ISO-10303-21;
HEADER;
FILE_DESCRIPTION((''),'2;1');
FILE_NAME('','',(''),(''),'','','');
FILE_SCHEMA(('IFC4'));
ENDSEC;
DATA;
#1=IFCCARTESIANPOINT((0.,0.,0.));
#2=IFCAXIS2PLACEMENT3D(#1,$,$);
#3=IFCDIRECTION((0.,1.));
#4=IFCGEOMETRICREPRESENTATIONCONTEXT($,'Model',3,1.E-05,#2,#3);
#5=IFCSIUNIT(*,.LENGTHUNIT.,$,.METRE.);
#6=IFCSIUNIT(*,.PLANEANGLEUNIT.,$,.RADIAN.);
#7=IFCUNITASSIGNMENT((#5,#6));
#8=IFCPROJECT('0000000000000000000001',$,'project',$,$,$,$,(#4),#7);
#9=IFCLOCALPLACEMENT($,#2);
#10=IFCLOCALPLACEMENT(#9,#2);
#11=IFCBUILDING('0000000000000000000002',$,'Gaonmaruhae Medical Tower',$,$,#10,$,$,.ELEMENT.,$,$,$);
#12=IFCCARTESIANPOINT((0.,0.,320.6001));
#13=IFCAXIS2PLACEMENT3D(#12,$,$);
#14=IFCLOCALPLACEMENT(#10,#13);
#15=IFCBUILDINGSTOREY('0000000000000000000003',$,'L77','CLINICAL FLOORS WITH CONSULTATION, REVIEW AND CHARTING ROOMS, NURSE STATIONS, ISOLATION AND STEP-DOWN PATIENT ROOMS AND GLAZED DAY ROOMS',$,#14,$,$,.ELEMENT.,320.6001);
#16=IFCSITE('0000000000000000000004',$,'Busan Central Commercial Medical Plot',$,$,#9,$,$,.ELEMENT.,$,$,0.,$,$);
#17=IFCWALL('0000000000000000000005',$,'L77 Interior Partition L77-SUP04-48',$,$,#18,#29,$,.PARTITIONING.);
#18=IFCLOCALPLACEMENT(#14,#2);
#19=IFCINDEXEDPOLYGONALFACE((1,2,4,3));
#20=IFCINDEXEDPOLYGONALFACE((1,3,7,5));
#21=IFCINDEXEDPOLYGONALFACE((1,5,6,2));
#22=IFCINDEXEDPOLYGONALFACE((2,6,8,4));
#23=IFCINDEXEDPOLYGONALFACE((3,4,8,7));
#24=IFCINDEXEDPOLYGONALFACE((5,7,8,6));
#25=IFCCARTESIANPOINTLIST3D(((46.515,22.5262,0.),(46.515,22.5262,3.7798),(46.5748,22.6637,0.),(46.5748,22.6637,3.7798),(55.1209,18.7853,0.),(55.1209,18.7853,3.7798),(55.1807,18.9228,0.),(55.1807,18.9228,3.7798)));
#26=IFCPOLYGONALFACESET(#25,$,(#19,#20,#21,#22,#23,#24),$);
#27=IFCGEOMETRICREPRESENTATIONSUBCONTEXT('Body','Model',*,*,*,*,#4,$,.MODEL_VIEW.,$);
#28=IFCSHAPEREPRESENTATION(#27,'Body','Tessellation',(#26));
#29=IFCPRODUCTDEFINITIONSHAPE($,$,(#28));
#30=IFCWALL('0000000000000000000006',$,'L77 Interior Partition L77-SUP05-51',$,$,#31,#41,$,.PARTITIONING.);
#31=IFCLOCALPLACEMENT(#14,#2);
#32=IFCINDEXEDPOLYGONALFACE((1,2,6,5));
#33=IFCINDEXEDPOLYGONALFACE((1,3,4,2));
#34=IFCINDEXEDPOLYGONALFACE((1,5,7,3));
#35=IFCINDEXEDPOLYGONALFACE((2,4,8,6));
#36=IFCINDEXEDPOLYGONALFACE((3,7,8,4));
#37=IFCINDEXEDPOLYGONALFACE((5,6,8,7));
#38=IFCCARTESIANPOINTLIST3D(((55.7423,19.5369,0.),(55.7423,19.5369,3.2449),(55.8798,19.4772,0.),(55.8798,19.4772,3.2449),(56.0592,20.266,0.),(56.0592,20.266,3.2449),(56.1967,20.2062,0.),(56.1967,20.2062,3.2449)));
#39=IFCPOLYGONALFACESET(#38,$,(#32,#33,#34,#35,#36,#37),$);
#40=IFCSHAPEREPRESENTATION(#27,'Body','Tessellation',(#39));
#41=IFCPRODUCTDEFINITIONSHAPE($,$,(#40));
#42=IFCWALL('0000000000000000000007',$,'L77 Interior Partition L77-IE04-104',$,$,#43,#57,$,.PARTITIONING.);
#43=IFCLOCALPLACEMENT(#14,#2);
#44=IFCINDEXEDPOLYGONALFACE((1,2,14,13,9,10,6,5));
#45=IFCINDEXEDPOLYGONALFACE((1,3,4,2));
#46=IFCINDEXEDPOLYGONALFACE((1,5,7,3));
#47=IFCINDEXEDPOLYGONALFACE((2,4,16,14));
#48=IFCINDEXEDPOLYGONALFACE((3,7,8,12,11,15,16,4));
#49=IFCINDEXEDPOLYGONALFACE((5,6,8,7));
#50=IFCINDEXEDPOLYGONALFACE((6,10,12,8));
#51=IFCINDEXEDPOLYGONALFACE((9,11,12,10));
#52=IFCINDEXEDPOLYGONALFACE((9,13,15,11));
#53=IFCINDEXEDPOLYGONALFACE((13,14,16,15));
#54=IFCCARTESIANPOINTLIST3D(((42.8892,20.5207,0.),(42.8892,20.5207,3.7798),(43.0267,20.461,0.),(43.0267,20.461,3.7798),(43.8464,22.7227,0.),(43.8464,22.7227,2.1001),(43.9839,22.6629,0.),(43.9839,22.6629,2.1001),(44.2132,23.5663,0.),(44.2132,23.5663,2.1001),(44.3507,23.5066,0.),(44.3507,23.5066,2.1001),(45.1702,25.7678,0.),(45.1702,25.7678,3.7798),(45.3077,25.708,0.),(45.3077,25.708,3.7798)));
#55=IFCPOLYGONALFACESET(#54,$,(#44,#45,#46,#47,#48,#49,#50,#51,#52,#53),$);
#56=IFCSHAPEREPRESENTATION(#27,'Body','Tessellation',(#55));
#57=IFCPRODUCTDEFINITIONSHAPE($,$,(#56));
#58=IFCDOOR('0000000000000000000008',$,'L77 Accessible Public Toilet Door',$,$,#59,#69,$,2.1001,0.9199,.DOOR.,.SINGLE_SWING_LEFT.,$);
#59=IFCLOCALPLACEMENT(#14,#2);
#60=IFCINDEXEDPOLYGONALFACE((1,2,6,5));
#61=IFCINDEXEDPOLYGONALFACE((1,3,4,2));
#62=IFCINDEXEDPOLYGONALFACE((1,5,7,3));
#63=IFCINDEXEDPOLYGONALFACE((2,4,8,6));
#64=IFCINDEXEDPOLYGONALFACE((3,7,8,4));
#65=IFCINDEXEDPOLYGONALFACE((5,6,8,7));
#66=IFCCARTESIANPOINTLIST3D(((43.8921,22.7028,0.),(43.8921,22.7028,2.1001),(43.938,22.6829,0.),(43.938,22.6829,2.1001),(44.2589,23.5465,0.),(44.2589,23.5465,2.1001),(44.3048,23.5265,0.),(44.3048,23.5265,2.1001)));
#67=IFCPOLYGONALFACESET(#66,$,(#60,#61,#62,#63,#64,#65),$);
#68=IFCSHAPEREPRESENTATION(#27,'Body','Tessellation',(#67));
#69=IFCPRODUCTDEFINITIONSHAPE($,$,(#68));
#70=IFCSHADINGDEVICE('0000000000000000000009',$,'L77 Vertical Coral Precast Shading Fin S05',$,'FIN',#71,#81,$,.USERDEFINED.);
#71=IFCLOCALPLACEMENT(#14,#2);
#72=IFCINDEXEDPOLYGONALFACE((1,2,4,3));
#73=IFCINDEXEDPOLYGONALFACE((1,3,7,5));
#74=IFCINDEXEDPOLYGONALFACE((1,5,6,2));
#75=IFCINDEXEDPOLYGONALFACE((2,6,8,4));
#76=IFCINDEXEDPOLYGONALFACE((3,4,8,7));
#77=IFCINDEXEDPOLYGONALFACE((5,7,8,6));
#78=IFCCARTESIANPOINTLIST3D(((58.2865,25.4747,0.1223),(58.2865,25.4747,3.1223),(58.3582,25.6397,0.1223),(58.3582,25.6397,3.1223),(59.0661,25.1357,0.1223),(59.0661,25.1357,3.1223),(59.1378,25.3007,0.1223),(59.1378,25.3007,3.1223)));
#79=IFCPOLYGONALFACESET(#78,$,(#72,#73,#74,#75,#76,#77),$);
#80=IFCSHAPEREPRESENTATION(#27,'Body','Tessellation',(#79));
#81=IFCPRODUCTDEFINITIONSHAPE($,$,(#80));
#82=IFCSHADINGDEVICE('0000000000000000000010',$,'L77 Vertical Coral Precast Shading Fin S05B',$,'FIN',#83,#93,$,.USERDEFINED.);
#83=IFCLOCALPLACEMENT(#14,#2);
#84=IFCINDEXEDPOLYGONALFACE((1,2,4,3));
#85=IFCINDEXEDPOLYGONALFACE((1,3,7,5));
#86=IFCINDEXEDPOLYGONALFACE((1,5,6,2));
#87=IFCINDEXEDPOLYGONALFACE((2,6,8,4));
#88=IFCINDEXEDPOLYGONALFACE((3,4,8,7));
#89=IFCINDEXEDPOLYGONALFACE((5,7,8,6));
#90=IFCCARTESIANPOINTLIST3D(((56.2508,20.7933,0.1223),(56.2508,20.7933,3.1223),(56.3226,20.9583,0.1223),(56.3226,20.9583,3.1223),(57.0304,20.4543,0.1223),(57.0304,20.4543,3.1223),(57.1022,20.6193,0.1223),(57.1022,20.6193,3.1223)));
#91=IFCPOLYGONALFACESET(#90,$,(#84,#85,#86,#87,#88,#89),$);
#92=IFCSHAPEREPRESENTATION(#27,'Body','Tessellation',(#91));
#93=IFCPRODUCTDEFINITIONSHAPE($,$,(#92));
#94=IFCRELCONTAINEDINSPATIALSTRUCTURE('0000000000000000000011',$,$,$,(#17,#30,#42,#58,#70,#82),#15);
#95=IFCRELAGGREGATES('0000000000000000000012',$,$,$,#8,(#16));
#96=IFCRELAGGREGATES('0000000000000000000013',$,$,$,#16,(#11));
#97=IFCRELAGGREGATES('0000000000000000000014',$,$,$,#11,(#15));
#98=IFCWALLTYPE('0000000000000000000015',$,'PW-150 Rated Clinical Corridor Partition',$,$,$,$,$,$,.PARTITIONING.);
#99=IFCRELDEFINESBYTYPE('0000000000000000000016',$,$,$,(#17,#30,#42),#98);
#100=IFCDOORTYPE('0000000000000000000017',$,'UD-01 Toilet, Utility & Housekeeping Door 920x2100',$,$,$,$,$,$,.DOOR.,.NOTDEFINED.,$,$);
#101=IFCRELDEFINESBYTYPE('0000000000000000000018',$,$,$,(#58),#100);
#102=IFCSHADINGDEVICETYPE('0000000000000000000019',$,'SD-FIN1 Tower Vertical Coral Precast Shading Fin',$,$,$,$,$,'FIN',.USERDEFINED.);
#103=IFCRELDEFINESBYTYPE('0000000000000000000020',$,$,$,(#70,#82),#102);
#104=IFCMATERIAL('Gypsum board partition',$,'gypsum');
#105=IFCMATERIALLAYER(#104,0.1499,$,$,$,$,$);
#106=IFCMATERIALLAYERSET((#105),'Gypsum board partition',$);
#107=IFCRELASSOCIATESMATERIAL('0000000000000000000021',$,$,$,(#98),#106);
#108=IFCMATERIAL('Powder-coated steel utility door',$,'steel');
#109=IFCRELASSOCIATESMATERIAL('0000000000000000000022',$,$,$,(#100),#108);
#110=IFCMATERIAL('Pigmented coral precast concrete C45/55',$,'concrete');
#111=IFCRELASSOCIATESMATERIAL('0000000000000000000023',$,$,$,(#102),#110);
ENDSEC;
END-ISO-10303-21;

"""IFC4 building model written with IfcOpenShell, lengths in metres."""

from ifc_helpers import new_model, si_unit, direction, frame, frame_2d, origin, origin_2d, place, context, subcontext, project, spatial, rectangle, extrude, material, layer, layer_set, type_object, element, fill, save


model = new_model("IFC4")

# Units and contexts
model_context = context("Model", 3, precision=1e-05, world=origin(), true_north=direction((0.0, 1.0)))
body_context = subcontext(model_context, "Body", "Model", "MODEL_VIEW")
ifc_project = project(units=[si_unit("LENGTHUNIT", "METRE"), si_unit("PLANEANGLEUNIT", "RADIAN")], contexts=[model_context])

# Site, building, storey
site_placement = place(None, origin())
site = spatial("IfcSite", under=ifc_project, at=site_placement, Name="Busan Central Commercial Medical Plot", CompositionType="ELEMENT", RefElevation=0.0)
building_placement = place(site_placement, origin())
building = spatial("IfcBuilding", under=site, at=building_placement, Name="Gaonmaruhae Medical Tower", CompositionType="ELEMENT")
storey_placement = place(building_placement, frame((0.0, 0.0, 320.6001)))
storey = spatial("IfcBuildingStorey", under=building, at=storey_placement, Name="L77", Description="CLINICAL FLOORS WITH CONSULTATION, REVIEW AND CHARTING ROOMS, NURSE STATIONS, ISOLATION AND STEP-DOWN PATIENT ROOMS AND GLAZED DAY ROOMS", CompositionType="ELEMENT", Elevation=320.6001)

# Wall
ifc_material_1 = material(Name="Gypsum board partition", Category="gypsum")
ifc_layer_1 = layer(ifc_material_1, 0.1499)
ifc_layer_set_1 = layer_set([ifc_layer_1], Name="Gypsum board partition")
wall_type_1 = type_object("IfcWallType", Name="PW-150 Rated Clinical Corridor Partition", PredefinedType="PARTITIONING", material=ifc_layer_set_1)
wall_1_placement = place(storey_placement, frame((46.5449, 22.595, 0.0), z_axis=(0.0, 0.0, 1.0), x_axis=(0.917099, -0.398659, 0.0)))
element("IfcWall", 1, at=wall_1_placement, inside=storey, type_object=wall_type_1, Name="L77 Interior Partition L77-SUP04-48", PredefinedType="PARTITIONING", context=body_context, shape_type="SweptSolid", body=[
    extrude(rectangle(XDim=9.3838, YDim=0.1499, at=frame_2d((4.6919, 0.0))), origin(), (0.0, 0.0, 1.0), 3.7798),
])

# Wall
wall_2_placement = place(storey_placement, frame((56.1279, 20.2361, 0.0), z_axis=(0.0, 0.0, 1.0), x_axis=(-0.398659, -0.917099, 0.0)))
element("IfcWall", 2, at=wall_2_placement, inside=storey, type_object=wall_type_1, Name="L77 Interior Partition L77-SUP05-51", PredefinedType="PARTITIONING", context=body_context, shape_type="SweptSolid", body=[
    extrude(rectangle(XDim=0.7949, YDim=0.1499, at=frame_2d((0.3975, 0.0))), origin(), (0.0, 0.0, 1.0), 3.2449),
])

# Wall, opening, door
wall_3_placement = place(storey_placement, frame((45.239, 25.738, 0.0), z_axis=(0.0, 0.0, 1.0), x_axis=(-0.398678, -0.917091, 0.0)))
wall_3 = element("IfcWall", 3, at=wall_3_placement, inside=storey, type_object=wall_type_1, Name="L77 Interior Partition L77-IE04-104", PredefinedType="PARTITIONING", context=body_context, shape_type="SweptSolid", body=[
    extrude(rectangle(XDim=5.7214, YDim=0.1499, at=frame_2d((2.8608, 0.0))), origin(), (0.0, 0.0, 1.0), 3.7798),
])
opening_1_placement = place(wall_3_placement, frame((2.4006, 0.0, 0.0)))
opening_1 = element("IfcOpeningElement", 4, at=opening_1_placement, cuts=wall_3, PredefinedType="OPENING", context=body_context, shape_type="SweptSolid", body=[
    extrude(rectangle(XDim=0.9199, YDim=2.1001, at=frame_2d((0.46, 1.05))), frame((0.0, 0.085, 0.0), z_axis=(0.0, -1.0, 0.0), x_axis=(1.0, 0.0, 0.0)), (0.0, 0.0, 1.0), 0.1699),
])
ifc_material_2 = material(Name="Powder-coated steel utility door", Category="steel")
door_type_1 = type_object("IfcDoorType", Name="UD-01 Toilet, Utility & Housekeeping Door 920x2100", OperationType="NOTDEFINED", PredefinedType="DOOR", material=ifc_material_2)
door_1_placement = place(opening_1_placement, origin())
door_1 = element("IfcDoor", 5, at=door_1_placement, inside=storey, type_object=door_type_1, Name="L77 Accessible Public Toilet Door", OperationType="SINGLE_SWING_LEFT", OverallHeight=2.1001, OverallWidth=0.9199, PredefinedType="DOOR", context=body_context, shape_type="SweptSolid", body=[
    extrude(rectangle(XDim=0.9199, YDim=2.1001, at=frame_2d((0.46, 1.05))), frame((0.0, 0.0249, 0.0), z_axis=(0.0, -1.0, 0.0), x_axis=(1.0, 0.0, 0.0)), (0.0, 0.0, 1.0), 0.05),
])
fill(opening_1, door_1)

# Shading devices
ifc_material_3 = material(Name="Pigmented coral precast concrete C45/55", Category="concrete")
shading_device_type = type_object("IfcShadingDeviceType", Name="SD-FIN1 Tower Vertical Coral Precast Shading Fin", ElementType="FIN", PredefinedType="USERDEFINED", material=ifc_material_3)
for number, where, z_axis, x_axis, name in (
    (6, (58.7122, 25.3877, 0.1223), (0.0, 0.0, 1.0), (-0.398749, -0.91706, 0.0), "L77 Vertical Coral Precast Shading Fin S05"),
    (7, (56.6765, 20.7063, 0.1223), (0.0, 0.0, 1.0), (-0.398749, -0.91706, 0.0), "L77 Vertical Coral Precast Shading Fin S05B"),
):
    element("IfcShadingDevice", number, at=place(storey_placement, frame(where, z_axis=z_axis, x_axis=x_axis)), inside=storey, type_object=shading_device_type, Name=name, ObjectType="FIN", PredefinedType="USERDEFINED", context=body_context, shape_type="SweptSolid", body=[
        extrude(rectangle(XDim=0.1799, YDim=0.8501, at=origin_2d()), origin(), (0.0, 0.0, 1.0), 3.0),
    ])

save(model, "model.ifc")
